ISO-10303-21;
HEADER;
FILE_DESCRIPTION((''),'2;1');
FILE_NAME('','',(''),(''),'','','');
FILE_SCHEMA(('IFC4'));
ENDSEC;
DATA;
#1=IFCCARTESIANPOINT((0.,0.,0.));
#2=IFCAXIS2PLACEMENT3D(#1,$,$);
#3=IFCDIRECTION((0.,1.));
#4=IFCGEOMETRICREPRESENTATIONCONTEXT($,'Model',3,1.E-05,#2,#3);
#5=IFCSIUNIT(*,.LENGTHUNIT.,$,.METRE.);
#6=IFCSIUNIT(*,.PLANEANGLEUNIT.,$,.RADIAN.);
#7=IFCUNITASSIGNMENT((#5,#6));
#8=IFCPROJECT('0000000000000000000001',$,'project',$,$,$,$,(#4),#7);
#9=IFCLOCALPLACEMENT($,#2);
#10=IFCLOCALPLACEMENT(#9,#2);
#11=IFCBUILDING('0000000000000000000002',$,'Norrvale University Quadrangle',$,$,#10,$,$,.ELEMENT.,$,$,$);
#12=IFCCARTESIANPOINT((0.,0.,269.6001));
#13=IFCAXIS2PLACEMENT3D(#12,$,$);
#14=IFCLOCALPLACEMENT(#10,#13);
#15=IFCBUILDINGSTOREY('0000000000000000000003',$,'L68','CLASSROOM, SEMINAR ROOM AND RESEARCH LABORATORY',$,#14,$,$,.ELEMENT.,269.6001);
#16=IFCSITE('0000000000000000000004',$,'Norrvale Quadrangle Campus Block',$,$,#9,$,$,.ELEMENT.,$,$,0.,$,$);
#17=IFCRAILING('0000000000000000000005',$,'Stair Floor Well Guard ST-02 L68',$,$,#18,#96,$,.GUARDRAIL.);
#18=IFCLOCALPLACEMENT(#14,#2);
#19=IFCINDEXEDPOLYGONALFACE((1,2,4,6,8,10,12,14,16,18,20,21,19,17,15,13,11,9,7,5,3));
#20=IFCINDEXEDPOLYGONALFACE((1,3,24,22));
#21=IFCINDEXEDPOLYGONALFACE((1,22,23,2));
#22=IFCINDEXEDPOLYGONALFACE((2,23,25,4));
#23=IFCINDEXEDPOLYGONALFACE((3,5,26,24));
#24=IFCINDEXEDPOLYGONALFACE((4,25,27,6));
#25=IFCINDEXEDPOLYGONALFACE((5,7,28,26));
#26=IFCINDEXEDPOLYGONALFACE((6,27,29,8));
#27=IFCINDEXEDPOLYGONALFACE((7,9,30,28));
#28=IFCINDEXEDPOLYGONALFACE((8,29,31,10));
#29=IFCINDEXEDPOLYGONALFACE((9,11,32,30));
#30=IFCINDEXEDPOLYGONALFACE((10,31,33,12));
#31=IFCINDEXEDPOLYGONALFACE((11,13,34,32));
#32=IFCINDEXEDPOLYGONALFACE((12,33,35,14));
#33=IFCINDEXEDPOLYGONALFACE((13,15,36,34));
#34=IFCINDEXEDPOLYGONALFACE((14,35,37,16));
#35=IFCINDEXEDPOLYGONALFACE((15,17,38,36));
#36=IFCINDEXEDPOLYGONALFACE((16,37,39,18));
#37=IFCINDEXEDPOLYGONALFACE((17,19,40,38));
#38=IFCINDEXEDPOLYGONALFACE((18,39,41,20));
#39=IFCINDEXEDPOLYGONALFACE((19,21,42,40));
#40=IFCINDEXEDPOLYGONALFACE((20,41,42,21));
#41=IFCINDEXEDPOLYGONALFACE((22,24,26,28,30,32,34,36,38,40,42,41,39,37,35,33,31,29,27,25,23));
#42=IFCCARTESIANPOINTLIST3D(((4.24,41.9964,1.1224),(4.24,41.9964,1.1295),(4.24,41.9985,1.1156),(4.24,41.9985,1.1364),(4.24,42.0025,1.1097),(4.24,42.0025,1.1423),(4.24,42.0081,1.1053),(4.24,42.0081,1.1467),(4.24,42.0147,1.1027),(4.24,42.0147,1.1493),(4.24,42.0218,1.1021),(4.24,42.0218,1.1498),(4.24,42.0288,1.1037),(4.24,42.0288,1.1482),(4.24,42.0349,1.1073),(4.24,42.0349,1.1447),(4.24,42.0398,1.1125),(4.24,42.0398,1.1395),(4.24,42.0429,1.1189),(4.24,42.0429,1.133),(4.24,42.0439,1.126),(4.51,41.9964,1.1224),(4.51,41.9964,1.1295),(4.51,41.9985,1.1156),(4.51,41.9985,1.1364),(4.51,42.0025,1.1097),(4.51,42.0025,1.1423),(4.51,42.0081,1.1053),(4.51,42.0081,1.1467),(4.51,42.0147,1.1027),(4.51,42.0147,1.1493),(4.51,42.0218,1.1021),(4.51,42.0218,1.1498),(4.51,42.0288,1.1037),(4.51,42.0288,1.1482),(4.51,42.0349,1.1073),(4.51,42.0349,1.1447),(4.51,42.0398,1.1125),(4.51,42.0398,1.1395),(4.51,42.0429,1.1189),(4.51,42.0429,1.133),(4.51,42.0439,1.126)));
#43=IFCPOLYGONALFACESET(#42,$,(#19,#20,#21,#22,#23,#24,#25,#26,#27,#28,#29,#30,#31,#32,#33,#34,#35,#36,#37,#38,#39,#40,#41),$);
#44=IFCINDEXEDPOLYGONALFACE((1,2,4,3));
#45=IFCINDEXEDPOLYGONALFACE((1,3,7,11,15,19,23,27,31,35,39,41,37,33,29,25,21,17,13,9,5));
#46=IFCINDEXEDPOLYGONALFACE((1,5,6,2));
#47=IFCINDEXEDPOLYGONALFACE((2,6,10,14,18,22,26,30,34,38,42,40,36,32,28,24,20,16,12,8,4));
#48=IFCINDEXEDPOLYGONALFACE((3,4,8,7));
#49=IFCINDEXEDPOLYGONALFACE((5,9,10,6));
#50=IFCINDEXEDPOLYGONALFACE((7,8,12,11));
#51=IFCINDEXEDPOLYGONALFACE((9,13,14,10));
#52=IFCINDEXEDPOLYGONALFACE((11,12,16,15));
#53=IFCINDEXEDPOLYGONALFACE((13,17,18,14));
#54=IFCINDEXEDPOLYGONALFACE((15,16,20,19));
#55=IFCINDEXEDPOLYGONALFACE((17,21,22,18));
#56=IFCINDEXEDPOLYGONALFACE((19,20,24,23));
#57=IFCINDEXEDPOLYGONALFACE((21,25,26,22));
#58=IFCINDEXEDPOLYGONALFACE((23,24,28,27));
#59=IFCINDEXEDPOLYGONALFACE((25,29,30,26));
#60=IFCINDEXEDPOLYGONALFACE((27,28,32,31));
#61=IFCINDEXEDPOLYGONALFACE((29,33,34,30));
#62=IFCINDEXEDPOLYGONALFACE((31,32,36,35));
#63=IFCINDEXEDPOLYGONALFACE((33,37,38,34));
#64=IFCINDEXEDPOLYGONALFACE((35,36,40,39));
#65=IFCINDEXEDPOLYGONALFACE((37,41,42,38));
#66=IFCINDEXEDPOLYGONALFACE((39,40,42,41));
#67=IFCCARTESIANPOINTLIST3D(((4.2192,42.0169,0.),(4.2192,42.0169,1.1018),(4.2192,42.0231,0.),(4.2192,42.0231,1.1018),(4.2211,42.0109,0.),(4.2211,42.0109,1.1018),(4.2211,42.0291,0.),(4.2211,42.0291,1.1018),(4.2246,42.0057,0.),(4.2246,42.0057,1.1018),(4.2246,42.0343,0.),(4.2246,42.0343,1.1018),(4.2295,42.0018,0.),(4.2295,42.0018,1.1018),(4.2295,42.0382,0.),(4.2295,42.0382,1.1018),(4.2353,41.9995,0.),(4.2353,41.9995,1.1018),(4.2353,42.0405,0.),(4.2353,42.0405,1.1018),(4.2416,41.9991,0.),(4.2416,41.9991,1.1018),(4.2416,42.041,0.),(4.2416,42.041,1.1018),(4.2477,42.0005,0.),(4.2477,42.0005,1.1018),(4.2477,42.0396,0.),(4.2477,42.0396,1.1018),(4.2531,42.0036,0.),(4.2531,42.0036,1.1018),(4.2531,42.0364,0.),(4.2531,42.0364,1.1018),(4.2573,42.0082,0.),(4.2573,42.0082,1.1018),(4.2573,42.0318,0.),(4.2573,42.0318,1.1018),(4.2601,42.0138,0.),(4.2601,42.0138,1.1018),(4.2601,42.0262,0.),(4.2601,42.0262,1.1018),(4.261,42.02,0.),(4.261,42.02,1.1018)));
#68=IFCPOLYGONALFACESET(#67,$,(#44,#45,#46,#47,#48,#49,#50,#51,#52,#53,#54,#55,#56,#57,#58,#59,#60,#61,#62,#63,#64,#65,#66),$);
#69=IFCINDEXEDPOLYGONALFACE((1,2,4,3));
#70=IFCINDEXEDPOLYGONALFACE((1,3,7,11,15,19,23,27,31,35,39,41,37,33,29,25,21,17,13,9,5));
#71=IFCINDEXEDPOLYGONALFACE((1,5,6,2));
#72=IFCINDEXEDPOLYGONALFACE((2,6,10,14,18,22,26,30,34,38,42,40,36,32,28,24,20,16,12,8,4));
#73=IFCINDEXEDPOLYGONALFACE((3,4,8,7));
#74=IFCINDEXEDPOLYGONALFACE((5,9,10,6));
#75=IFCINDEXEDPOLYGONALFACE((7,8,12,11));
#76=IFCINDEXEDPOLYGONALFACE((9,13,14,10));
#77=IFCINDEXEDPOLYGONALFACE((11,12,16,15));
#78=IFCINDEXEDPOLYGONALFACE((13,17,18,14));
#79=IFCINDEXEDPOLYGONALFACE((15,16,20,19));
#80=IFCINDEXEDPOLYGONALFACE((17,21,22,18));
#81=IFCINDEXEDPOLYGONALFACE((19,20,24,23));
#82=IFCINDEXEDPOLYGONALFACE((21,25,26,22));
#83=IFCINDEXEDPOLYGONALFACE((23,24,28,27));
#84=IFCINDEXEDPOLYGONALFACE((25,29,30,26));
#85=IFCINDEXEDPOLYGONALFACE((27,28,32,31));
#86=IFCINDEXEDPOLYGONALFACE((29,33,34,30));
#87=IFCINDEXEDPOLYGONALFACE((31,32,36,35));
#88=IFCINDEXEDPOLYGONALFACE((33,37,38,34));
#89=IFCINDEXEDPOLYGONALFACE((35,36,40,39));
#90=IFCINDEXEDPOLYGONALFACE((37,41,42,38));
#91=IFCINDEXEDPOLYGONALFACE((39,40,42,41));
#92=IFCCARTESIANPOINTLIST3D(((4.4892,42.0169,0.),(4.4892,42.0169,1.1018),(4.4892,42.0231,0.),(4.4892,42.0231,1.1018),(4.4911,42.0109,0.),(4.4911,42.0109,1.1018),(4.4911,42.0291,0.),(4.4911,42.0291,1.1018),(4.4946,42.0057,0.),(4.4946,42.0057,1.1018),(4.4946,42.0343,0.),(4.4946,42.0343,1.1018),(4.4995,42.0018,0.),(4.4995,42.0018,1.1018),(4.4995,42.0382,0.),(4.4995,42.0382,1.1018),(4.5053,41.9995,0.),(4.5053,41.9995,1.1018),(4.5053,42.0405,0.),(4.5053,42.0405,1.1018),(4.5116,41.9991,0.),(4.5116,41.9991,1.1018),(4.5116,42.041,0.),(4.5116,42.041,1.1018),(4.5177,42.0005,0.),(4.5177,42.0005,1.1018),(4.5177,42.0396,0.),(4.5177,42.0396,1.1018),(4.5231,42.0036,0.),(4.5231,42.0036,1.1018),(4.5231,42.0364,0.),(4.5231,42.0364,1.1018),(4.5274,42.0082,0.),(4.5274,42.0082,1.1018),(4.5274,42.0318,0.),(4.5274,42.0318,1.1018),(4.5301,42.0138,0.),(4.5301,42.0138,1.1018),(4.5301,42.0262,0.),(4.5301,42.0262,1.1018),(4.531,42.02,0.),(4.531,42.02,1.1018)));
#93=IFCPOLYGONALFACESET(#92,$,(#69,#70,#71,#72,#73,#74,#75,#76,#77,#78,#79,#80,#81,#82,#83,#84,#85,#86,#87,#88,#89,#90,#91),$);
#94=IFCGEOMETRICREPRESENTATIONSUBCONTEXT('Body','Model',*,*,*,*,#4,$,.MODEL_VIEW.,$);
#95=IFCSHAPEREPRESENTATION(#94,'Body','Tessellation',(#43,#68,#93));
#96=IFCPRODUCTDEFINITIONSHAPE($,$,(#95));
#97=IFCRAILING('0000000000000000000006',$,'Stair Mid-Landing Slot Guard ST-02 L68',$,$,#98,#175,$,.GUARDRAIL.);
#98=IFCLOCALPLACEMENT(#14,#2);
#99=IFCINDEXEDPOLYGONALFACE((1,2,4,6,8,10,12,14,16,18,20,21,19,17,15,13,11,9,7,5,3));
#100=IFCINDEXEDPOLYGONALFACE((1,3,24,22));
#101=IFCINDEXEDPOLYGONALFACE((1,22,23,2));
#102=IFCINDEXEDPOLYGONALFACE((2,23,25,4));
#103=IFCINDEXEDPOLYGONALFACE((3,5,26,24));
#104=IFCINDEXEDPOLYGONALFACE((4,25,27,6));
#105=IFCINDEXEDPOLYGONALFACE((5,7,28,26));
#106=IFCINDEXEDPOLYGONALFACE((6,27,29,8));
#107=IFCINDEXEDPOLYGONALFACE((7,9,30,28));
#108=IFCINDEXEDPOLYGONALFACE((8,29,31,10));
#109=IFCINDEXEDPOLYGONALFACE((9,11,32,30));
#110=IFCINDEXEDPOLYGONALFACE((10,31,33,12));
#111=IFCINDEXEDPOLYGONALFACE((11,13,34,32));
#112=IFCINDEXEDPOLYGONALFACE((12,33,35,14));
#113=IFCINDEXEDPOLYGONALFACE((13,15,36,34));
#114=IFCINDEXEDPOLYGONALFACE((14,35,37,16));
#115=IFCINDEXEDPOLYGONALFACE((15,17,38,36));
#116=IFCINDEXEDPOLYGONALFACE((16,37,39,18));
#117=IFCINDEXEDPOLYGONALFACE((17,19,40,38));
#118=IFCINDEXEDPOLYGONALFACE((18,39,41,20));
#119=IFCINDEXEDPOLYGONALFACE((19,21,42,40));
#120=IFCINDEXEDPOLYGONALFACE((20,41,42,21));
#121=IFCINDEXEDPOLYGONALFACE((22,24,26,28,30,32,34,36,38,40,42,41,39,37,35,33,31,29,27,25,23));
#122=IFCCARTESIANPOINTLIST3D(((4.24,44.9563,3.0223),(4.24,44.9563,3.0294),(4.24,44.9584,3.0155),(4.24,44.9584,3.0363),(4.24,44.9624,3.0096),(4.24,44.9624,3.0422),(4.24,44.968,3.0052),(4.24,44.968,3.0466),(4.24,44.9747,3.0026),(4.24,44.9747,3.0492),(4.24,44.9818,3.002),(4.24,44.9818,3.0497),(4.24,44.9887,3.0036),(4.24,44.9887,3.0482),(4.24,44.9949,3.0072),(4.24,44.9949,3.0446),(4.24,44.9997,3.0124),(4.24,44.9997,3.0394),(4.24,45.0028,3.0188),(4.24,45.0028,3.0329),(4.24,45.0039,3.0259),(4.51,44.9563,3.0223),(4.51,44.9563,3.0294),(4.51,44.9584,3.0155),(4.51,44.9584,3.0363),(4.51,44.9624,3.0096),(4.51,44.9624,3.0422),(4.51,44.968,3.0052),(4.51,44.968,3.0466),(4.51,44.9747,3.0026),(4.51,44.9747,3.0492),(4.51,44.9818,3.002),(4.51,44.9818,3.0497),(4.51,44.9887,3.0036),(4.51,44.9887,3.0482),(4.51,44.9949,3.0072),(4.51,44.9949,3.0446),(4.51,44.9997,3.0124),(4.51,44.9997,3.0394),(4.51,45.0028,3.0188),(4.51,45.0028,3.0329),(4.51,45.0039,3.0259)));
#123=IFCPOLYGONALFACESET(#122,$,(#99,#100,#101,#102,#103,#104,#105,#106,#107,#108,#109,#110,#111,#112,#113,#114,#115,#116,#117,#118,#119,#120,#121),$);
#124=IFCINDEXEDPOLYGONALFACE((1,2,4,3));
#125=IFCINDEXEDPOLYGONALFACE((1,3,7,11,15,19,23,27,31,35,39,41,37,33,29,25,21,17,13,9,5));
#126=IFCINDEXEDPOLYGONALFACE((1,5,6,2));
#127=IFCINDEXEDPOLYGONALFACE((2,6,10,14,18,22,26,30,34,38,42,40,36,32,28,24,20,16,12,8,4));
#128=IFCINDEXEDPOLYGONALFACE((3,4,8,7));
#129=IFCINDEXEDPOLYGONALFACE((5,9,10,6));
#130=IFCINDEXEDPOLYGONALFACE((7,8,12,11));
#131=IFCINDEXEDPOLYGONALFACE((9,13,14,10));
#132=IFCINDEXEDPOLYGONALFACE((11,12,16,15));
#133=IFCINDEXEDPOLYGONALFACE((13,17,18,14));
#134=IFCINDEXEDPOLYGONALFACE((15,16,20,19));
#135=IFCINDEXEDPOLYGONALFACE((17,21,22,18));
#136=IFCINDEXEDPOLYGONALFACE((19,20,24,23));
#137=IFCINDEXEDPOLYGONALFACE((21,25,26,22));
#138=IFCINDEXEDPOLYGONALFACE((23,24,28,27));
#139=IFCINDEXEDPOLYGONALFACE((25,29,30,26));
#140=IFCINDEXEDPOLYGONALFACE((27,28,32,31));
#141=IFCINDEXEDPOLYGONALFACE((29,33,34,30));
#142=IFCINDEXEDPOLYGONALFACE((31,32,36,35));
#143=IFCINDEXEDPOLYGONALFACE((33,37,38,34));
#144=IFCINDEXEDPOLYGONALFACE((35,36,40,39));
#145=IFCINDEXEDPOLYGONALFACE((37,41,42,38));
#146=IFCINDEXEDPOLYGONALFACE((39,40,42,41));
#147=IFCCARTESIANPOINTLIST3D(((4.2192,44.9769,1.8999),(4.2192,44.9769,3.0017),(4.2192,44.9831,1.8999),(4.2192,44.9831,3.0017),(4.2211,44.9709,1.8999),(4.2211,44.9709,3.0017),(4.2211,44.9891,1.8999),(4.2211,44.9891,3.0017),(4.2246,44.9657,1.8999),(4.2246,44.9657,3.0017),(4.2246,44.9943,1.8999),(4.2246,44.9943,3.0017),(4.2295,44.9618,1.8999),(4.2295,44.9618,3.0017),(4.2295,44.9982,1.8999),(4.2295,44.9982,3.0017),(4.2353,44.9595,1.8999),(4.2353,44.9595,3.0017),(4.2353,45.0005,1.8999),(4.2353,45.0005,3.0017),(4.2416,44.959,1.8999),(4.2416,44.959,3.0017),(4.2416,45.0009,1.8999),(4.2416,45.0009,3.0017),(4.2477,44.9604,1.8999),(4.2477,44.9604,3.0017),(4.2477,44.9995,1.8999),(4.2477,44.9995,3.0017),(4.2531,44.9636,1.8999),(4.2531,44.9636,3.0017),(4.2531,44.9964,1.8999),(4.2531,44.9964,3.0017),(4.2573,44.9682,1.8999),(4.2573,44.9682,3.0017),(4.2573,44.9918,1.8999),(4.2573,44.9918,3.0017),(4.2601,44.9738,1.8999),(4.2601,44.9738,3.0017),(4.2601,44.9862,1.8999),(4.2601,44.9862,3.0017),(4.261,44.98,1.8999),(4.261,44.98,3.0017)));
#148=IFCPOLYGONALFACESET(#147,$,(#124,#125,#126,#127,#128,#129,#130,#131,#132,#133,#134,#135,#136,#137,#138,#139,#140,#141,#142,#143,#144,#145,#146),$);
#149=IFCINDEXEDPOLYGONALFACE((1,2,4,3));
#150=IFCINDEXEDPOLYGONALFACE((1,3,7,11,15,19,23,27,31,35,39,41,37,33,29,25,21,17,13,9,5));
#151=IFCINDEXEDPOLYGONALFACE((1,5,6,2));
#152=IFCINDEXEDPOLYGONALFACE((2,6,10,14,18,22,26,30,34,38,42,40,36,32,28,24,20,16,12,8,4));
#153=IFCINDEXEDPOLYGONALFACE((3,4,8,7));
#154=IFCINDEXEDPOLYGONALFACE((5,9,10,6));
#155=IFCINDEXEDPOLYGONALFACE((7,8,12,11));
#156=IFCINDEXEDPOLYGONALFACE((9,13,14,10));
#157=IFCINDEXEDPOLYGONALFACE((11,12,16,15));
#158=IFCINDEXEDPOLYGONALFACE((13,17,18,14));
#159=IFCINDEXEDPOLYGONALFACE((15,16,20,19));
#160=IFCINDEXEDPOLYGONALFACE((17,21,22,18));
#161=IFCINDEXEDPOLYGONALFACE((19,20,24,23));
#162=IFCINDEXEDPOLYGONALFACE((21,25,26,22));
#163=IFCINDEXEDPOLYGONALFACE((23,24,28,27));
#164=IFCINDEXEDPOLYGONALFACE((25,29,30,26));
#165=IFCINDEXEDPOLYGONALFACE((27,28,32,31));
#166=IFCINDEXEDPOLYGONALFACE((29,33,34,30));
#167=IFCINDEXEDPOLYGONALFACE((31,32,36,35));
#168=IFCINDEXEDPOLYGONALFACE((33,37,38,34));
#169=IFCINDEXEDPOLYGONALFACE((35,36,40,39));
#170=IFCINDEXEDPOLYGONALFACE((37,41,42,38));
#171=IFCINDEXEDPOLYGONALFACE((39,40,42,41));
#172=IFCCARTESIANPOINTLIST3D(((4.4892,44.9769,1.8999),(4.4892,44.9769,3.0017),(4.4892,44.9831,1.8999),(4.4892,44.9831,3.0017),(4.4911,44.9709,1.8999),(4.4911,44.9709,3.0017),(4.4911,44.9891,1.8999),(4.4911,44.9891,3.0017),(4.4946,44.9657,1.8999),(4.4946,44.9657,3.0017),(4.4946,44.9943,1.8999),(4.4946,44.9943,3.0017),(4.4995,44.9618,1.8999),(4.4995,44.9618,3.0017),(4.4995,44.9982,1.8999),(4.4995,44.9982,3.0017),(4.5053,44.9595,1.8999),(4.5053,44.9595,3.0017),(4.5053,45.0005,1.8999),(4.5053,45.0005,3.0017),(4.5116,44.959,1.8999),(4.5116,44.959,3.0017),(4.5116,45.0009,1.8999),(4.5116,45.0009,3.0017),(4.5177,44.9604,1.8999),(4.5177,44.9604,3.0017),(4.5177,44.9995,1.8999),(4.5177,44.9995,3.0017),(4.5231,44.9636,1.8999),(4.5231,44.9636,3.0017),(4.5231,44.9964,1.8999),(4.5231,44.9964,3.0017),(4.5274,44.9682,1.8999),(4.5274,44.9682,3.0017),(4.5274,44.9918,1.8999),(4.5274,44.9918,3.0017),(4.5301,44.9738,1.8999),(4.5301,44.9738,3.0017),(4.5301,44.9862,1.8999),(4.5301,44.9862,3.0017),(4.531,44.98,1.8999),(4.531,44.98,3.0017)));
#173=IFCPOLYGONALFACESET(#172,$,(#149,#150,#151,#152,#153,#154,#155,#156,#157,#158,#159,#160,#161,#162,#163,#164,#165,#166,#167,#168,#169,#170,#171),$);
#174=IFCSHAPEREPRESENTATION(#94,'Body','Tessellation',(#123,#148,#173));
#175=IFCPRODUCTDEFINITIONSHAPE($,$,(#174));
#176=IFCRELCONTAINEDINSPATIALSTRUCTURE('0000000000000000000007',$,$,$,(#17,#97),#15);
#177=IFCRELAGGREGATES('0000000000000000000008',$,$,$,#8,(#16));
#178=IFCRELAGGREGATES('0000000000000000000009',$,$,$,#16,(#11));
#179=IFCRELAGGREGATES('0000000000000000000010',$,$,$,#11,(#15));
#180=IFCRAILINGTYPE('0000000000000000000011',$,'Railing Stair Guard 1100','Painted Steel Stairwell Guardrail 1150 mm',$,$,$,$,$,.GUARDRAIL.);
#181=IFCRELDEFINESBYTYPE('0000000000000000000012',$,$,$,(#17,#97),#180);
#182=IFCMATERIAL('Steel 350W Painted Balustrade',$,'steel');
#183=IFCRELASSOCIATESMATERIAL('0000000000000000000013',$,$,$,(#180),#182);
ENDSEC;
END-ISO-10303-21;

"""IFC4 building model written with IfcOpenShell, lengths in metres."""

from ifc_helpers import new_model, si_unit, direction, frame, origin, origin_2d, place, context, subcontext, project, spatial, circle, extrude, material, type_object, element, save


model = new_model("IFC4")

# Units and contexts
model_context = context("Model", 3, precision=1e-05, world=origin(), true_north=direction((0.0, 1.0)))
body_context = subcontext(model_context, "Body", "Model", "MODEL_VIEW")
ifc_project = project(units=[si_unit("LENGTHUNIT", "METRE"), si_unit("PLANEANGLEUNIT", "RADIAN")], contexts=[model_context])

# Site, building, storey
site_placement = place(None, origin())
site = spatial("IfcSite", under=ifc_project, at=site_placement, Name="Norrvale Quadrangle Campus Block", CompositionType="ELEMENT", RefElevation=0.0)
building_placement = place(site_placement, origin())
building = spatial("IfcBuilding", under=site, at=building_placement, Name="Norrvale University Quadrangle", CompositionType="ELEMENT")
storey_placement = place(building_placement, frame((0.0, 0.0, 269.6001)))
storey = spatial("IfcBuildingStorey", under=building, at=storey_placement, Name="L68", Description="CLASSROOM, SEMINAR ROOM AND RESEARCH LABORATORY", CompositionType="ELEMENT", Elevation=269.6001)

# Railings
ifc_material_1 = material(Name="Steel 350W Painted Balustrade", Category="steel")
railing_type_1 = type_object("IfcRailingType", Name="Railing Stair Guard 1100", Description="Painted Steel Stairwell Guardrail 1150 mm", PredefinedType="GUARDRAIL", material=ifc_material_1)
for number, where, name in (
    (1, (4.24, 42.02, 0.0), "Stair Floor Well Guard ST-02 L68"),
    (2, (4.24, 44.98, 1.8999), "Stair Mid-Landing Slot Guard ST-02 L68"),
):
    element("IfcRailing", number, at=place(storey_placement, frame(where)), inside=storey, type_object=railing_type_1, Name=name, PredefinedType="GUARDRAIL", context=body_context, shape_type="SweptSolid", body=[
        extrude(circle(Radius=0.0239, at=origin_2d()), frame((0.0, 0.0, 1.126), z_axis=(1.0, 0.0, 0.0), x_axis=(0.0, 1.0, 0.0)), (0.0, 0.0, 1.0), 0.27),
        extrude(circle(Radius=0.021, at=origin_2d()), origin(), (0.0, 0.0, 1.0), 1.1018),
        extrude(circle(Radius=0.021, at=origin_2d()), frame((0.27, 0.0, 0.0)), (0.0, 0.0, 1.0), 1.1018),
    ])

save(model, "model.ifc")
